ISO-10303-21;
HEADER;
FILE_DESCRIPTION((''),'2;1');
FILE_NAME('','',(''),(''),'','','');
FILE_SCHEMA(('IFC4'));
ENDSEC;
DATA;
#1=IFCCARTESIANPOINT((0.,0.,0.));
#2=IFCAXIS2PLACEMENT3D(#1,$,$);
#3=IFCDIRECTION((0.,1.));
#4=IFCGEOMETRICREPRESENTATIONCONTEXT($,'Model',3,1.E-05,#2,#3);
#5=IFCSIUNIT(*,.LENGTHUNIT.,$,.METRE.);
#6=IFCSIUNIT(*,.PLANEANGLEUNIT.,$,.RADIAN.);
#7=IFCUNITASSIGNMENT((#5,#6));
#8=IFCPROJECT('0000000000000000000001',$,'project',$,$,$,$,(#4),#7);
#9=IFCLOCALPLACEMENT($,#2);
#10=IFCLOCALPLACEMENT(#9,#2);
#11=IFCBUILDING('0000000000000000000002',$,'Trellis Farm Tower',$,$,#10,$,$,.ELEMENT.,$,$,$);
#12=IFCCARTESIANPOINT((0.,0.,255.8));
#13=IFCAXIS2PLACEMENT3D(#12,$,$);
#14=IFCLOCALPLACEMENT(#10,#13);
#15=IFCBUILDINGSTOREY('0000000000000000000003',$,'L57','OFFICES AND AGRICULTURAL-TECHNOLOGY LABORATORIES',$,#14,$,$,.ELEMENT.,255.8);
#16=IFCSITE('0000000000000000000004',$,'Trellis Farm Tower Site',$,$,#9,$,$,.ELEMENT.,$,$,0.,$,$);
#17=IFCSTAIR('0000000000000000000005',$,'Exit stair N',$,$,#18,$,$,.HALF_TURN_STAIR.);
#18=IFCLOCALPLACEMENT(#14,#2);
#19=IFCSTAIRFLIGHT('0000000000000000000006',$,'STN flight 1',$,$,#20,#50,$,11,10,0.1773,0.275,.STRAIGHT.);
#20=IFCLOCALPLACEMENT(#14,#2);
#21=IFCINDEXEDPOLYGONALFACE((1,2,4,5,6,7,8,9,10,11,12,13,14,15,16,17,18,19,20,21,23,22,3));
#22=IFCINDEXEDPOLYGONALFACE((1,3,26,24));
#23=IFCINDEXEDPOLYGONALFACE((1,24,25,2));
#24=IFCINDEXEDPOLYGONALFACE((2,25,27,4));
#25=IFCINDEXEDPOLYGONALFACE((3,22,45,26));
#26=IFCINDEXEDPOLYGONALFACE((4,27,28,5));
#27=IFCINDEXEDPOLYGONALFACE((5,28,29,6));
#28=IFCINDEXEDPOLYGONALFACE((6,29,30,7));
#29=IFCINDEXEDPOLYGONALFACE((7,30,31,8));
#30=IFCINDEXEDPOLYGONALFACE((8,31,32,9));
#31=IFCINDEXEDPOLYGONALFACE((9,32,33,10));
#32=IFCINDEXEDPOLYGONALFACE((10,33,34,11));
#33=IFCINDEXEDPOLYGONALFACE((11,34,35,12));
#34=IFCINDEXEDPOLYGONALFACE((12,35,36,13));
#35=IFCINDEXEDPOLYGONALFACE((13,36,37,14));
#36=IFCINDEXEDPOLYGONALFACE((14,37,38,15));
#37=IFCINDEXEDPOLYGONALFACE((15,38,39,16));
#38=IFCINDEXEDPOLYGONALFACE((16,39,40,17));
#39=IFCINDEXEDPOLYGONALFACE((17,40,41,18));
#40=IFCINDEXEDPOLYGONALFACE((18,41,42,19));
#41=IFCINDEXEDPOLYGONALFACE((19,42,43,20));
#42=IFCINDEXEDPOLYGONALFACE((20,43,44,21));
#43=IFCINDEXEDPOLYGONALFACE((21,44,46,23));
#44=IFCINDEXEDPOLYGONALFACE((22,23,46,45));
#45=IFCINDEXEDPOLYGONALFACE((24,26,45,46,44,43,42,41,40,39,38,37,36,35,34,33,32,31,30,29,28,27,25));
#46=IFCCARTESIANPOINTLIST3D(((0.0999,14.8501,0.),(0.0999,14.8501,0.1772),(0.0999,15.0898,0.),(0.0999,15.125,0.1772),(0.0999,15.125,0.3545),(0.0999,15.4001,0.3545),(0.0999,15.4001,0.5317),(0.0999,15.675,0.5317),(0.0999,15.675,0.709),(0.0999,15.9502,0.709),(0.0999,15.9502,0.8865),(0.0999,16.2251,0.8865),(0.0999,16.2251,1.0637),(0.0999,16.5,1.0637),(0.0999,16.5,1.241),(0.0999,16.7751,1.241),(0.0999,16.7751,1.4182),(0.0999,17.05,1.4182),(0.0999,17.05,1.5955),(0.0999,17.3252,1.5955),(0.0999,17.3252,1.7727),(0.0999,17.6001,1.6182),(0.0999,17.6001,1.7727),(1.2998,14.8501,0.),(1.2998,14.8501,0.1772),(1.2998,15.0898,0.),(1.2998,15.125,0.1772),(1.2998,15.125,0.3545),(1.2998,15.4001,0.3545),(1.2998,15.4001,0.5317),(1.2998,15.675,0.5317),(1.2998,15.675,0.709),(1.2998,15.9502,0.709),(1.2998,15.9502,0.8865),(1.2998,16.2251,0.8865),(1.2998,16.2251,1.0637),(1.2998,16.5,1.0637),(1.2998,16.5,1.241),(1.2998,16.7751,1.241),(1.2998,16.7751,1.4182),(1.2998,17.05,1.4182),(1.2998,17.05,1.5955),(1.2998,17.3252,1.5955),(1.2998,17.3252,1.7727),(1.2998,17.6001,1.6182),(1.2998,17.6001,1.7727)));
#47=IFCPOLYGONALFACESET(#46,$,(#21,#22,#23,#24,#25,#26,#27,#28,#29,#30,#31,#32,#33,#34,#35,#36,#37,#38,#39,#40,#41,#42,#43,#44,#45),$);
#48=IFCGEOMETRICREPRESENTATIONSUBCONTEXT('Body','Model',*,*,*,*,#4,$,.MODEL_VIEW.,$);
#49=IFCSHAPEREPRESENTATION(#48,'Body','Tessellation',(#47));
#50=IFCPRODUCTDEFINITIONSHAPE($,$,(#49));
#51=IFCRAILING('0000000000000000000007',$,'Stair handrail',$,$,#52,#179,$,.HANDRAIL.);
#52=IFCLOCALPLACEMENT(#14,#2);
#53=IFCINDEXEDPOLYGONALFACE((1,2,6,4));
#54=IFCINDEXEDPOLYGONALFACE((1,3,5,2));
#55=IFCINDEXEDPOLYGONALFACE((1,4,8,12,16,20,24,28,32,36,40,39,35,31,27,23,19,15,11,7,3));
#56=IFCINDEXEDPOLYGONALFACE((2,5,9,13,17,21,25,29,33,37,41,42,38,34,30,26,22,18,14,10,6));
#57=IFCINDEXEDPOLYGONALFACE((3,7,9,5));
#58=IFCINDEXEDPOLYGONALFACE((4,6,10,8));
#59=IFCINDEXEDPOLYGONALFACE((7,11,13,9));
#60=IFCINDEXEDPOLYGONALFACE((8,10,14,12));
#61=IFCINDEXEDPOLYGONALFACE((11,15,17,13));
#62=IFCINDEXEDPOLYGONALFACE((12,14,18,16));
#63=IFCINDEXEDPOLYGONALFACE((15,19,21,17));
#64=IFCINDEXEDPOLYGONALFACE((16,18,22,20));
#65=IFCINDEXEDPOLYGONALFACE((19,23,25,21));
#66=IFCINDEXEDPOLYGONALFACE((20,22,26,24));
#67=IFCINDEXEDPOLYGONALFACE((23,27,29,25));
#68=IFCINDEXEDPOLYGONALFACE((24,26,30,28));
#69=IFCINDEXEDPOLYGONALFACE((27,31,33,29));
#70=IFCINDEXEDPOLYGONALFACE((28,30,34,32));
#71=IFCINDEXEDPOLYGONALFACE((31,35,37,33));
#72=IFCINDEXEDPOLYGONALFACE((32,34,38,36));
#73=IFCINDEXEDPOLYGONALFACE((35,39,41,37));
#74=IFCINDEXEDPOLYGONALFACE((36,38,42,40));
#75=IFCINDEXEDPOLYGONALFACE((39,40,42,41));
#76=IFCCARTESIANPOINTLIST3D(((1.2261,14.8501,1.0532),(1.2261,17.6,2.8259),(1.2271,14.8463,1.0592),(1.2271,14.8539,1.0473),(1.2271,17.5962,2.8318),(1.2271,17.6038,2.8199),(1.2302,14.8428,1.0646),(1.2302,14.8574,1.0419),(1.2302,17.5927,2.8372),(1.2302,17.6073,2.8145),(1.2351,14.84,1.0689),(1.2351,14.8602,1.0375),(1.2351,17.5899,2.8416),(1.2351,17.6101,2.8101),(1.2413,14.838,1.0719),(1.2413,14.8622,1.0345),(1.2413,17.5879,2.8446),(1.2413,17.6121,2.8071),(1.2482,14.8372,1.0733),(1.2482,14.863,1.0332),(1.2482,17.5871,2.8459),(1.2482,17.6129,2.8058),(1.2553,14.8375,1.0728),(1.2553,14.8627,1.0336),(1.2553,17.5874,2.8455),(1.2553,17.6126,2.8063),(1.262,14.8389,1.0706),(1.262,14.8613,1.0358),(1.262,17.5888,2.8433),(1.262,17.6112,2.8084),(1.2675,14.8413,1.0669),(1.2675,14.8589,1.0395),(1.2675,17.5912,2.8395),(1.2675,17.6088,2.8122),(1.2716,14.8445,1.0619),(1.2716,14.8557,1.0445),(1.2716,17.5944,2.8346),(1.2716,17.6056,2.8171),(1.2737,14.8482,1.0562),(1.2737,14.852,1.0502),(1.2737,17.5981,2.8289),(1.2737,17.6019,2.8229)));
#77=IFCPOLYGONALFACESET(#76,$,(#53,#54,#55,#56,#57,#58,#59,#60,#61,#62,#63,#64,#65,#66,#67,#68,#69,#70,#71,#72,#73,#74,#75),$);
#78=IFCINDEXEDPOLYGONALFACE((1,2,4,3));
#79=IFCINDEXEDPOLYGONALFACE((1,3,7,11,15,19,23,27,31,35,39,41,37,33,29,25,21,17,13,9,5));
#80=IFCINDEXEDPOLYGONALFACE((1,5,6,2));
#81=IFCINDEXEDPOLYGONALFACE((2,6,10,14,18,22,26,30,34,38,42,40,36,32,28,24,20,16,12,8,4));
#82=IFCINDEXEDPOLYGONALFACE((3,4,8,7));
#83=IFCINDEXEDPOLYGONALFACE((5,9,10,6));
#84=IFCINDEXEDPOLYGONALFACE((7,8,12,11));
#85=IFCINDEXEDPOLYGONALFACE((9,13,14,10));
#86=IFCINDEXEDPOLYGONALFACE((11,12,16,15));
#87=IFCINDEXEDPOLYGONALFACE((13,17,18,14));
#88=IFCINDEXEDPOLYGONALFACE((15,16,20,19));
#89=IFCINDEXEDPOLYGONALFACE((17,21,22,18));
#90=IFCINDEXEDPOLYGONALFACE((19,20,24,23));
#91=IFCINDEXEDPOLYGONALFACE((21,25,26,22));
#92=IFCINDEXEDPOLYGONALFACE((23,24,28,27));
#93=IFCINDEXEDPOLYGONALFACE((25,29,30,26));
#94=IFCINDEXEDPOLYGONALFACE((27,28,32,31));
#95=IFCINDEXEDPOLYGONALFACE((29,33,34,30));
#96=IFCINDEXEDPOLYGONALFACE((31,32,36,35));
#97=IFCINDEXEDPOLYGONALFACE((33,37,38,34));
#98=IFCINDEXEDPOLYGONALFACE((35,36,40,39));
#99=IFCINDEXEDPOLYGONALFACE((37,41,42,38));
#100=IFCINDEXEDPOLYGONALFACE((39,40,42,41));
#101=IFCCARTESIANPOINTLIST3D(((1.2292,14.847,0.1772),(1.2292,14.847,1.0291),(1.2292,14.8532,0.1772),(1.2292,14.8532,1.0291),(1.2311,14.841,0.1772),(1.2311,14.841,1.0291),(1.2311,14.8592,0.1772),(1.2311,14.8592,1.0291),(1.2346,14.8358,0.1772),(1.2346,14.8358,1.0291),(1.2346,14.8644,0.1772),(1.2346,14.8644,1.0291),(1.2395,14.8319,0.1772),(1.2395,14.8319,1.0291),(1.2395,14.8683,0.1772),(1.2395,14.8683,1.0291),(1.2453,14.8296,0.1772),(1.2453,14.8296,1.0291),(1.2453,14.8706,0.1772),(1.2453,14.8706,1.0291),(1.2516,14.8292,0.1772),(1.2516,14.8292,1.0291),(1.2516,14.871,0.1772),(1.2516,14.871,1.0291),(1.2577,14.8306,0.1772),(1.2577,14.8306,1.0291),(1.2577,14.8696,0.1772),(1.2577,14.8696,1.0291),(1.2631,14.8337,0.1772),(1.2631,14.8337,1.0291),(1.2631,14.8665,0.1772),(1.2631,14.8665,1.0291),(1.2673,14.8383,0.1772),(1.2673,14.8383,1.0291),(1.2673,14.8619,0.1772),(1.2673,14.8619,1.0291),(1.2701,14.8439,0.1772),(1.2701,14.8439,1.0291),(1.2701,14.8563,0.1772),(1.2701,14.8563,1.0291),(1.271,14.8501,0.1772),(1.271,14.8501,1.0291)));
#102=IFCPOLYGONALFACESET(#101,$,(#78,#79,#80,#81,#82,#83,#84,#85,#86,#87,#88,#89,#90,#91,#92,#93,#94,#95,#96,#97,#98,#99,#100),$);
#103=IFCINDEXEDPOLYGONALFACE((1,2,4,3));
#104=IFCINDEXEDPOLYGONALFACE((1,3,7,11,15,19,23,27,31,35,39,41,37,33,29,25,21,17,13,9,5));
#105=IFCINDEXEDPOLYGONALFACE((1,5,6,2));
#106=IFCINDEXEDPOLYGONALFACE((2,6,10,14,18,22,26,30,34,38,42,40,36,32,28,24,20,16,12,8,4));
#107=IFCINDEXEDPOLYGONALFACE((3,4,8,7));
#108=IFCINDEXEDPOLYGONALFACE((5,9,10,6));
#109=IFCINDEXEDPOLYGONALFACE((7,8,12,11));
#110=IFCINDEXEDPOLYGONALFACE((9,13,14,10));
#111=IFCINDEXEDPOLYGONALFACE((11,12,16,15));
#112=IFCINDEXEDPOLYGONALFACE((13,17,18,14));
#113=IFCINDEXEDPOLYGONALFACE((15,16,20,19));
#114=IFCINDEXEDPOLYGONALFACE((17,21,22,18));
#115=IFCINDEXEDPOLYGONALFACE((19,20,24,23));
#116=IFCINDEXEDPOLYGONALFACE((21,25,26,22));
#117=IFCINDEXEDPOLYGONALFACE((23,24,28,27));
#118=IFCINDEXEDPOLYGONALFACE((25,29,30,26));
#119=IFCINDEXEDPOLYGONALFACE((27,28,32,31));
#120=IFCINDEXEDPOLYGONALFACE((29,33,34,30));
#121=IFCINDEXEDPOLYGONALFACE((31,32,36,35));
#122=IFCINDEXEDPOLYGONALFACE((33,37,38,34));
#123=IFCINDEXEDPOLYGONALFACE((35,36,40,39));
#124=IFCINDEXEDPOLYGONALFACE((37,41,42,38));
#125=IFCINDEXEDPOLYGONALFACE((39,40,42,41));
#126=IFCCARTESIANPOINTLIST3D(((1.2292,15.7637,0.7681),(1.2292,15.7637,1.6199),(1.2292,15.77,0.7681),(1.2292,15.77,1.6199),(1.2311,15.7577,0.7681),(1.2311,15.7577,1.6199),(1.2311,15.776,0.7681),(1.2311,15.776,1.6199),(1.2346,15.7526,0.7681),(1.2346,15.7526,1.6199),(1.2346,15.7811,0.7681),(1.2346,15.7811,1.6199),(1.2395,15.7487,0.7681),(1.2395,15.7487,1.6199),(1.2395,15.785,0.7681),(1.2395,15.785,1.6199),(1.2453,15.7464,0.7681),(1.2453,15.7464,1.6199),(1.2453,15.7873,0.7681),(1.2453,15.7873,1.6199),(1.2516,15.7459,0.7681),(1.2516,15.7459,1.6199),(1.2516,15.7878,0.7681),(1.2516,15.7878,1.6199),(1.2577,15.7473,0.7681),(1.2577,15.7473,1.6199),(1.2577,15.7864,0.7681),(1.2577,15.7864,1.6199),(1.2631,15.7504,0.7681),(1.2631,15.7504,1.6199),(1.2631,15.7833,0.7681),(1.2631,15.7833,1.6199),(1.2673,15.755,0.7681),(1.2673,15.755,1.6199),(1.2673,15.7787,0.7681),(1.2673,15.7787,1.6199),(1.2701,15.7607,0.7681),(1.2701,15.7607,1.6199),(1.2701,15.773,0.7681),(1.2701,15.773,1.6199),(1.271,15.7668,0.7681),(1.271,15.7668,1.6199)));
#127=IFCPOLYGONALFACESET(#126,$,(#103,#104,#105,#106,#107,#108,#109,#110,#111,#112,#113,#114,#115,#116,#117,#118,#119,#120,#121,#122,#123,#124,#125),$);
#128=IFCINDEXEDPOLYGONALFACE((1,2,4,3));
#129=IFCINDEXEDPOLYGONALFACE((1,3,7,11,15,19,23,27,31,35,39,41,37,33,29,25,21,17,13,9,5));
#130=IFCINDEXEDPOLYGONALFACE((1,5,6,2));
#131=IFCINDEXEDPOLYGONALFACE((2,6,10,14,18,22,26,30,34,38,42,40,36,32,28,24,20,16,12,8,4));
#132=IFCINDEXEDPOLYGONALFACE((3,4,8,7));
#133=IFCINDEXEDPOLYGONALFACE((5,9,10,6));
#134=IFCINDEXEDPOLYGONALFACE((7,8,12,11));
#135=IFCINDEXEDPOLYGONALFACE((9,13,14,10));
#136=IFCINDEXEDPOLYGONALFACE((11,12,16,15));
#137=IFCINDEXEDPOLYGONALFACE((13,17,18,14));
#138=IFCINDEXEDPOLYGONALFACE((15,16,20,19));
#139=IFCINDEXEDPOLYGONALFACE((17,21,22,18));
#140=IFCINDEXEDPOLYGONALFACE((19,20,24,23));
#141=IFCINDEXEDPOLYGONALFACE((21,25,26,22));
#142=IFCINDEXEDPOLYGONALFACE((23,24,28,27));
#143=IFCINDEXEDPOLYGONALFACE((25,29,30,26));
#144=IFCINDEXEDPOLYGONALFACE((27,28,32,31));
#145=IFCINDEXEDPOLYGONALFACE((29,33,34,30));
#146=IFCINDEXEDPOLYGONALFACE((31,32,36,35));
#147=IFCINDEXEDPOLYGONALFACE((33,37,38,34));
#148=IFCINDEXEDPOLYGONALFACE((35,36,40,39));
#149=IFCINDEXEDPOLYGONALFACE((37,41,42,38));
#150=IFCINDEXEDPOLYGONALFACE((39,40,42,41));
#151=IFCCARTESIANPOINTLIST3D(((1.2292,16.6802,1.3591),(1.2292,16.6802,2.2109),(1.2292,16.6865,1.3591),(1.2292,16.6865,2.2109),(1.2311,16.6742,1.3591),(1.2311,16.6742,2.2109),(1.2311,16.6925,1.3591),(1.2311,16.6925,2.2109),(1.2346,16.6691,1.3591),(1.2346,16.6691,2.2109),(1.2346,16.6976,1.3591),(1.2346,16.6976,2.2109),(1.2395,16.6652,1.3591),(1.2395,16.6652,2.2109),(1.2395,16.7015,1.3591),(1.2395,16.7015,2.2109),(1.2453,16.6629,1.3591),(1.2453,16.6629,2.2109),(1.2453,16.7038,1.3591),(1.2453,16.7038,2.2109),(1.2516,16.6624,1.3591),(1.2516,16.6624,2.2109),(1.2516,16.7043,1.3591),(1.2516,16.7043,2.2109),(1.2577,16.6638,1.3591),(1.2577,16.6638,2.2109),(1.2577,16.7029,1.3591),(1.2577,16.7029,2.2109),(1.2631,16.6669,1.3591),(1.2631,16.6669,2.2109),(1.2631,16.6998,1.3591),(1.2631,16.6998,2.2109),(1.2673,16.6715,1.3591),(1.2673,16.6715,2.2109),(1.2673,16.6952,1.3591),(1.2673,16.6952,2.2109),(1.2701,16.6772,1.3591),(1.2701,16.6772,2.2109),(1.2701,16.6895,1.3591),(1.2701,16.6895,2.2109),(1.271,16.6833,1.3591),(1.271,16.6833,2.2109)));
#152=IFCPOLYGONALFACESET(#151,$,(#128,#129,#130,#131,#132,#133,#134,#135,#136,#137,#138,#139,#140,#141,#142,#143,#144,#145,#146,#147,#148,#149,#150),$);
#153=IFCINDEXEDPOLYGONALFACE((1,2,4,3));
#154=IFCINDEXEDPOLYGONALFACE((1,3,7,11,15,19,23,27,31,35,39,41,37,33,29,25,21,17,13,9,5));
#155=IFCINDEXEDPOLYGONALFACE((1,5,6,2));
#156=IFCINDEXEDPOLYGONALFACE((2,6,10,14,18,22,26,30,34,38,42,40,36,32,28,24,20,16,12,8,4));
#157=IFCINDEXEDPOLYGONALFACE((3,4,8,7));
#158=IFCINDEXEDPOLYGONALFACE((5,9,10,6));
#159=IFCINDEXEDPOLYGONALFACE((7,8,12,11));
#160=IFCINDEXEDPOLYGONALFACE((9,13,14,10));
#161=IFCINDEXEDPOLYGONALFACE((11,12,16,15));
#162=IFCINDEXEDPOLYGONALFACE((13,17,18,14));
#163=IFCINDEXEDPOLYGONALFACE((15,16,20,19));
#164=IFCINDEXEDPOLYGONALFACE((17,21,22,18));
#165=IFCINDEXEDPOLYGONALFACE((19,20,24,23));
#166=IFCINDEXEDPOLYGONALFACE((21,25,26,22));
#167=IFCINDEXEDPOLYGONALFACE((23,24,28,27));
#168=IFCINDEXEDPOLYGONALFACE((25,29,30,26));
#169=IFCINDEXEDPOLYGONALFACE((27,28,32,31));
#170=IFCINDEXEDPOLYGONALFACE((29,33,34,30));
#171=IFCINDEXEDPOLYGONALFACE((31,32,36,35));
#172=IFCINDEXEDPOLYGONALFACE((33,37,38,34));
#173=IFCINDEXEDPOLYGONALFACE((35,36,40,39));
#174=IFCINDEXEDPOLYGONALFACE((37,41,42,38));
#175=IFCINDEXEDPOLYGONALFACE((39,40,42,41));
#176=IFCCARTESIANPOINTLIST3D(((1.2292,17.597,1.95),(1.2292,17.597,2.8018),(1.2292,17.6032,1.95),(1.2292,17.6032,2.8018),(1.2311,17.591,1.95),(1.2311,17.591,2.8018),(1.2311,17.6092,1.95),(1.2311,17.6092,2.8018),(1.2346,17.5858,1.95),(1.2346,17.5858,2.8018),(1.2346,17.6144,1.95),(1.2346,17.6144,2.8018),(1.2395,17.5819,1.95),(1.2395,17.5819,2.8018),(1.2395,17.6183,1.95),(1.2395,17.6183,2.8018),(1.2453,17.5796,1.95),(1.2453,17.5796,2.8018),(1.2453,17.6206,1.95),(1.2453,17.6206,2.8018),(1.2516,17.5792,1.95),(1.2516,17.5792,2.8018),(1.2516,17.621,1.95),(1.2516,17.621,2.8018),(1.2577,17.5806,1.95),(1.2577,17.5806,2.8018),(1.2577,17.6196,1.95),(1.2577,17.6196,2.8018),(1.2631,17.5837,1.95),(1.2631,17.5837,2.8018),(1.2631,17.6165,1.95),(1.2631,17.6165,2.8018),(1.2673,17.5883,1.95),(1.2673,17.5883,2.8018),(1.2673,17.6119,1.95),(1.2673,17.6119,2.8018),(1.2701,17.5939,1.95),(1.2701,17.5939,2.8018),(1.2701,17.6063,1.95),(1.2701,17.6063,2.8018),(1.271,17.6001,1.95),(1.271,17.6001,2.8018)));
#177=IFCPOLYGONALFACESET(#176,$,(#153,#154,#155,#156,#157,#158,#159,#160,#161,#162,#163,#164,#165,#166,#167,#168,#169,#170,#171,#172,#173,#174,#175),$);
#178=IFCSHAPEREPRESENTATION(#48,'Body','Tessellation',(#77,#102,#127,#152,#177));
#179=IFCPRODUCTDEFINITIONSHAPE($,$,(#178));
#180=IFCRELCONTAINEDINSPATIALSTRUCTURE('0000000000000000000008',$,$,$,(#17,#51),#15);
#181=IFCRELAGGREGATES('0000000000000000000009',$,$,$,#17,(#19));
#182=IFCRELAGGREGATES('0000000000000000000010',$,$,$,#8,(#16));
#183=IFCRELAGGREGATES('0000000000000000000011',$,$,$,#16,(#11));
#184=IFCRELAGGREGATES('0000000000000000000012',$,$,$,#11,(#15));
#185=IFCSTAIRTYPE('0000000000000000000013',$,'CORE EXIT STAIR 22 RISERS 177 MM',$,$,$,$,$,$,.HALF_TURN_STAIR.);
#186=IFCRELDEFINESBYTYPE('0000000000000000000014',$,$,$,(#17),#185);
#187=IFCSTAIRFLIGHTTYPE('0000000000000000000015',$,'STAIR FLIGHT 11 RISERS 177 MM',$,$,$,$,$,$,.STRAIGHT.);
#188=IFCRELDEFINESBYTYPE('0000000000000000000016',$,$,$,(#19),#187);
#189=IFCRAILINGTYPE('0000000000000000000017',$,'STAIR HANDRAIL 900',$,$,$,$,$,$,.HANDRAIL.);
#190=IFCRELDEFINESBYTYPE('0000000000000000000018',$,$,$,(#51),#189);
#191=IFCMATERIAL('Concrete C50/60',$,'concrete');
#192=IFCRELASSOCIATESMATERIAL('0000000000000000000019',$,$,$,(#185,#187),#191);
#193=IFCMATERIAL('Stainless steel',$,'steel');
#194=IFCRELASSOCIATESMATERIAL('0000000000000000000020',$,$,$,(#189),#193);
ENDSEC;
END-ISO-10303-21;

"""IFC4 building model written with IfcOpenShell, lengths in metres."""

from ifc_helpers import new_model, si_unit, direction, frame, origin, origin_2d, place, context, subcontext, project, spatial, polyline, circle, outline, extrude, source, transform, mapped, material, type_object, element, aggregate, save


model = new_model("IFC4")

# Units and contexts
model_context = context("Model", 3, precision=1e-05, world=origin(), true_north=direction((0.0, 1.0)))
body_context = subcontext(model_context, "Body", "Model", "MODEL_VIEW")
ifc_project = project(units=[si_unit("LENGTHUNIT", "METRE"), si_unit("PLANEANGLEUNIT", "RADIAN")], contexts=[model_context])

# Site, building, storey
site_placement = place(None, origin())
site = spatial("IfcSite", under=ifc_project, at=site_placement, Name="Trellis Farm Tower Site", CompositionType="ELEMENT", RefElevation=0.0)
building_placement = place(site_placement, origin())
building = spatial("IfcBuilding", under=site, at=building_placement, Name="Trellis Farm Tower", CompositionType="ELEMENT")
storey_placement = place(building_placement, frame((0.0, 0.0, 255.8)))
storey = spatial("IfcBuildingStorey", under=building, at=storey_placement, Name="L57", Description="OFFICES AND AGRICULTURAL-TECHNOLOGY LABORATORIES", CompositionType="ELEMENT", Elevation=255.8)

# Shared definitions
placement_1 = place(storey_placement, origin())

# Stair, stair flight
ifc_material_1 = material(Name="Concrete C50/60", Category="concrete")
stair_type = type_object("IfcStairType", Name="CORE EXIT STAIR 22 RISERS 177 MM", PredefinedType="HALF_TURN_STAIR", material=ifc_material_1)
stair = element("IfcStair", 1, at=placement_1, inside=storey, type_object=stair_type, Name="Exit stair N", PredefinedType="HALF_TURN_STAIR")
stair_flight_type = type_object("IfcStairFlightType", Name="STAIR FLIGHT 11 RISERS 177 MM", PredefinedType="STRAIGHT", material=ifc_material_1)
shared_shape_1 = source(origin(), body_context, "Body", "SweptSolid", [
    extrude(outline(polyline([(0.0, 0.0), (0.0, 0.1772), (0.2749, 0.1772), (0.2749, 0.3545), (0.55, 0.3545), (0.55, 0.5317), (0.825, 0.5317), (0.825, 0.709), (1.1001, 0.709), (1.1001, 0.8865), (1.375, 0.8865), (1.375, 1.0637), (1.6499, 1.0637), (1.6499, 1.241), (1.925, 1.241), (1.925, 1.4182), (2.2, 1.4182), (2.2, 1.5955), (2.4751, 1.5955), (2.4751, 1.7727), (2.75, 1.7727), (2.75, 1.95), (2.75, 1.6182), (0.2397, 0.0), (0.0, 0.0)])), frame((0.0, 0.6001, 0.0), z_axis=(0.0, -1.0, 0.0), x_axis=(1.0, 0.0, 0.0)), (0.0, 0.0, 1.0), 1.2),
])
stair_flight_placement = place(storey_placement, frame((0.7, 14.8501, 0.0), z_axis=(0.0, 0.0, 1.0), x_axis=(0.0, 1.0, 0.0)))
stair_flight = element("IfcStairFlight", 2, at=stair_flight_placement, type_object=stair_flight_type, Name="STN flight 1", NumberOfRisers=11, NumberOfTreads=10, PredefinedType="STRAIGHT", RiserHeight=0.1773, TreadLength=0.275, context=body_context, shape_type="MappedRepresentation", body=[
    mapped(shared_shape_1, transform((0.0, 0.0, 0.0))),
])
aggregate(stair, [stair_flight])

# Railing
ifc_material_2 = material(Name="Stainless steel", Category="steel")
railing_type = type_object("IfcRailingType", Name="STAIR HANDRAIL 900", PredefinedType="HANDRAIL", material=ifc_material_2)
shared_shape_2 = source(origin(), body_context, "Body", "SweptSolid", [
    extrude(circle(Radius=0.0239, at=origin_2d()), frame((0.0, 0.0, 0.876), z_axis=(0.0, 0.840504, 0.541806), x_axis=(-1.0, 0.0, 0.0)), (0.0, 0.0, 1.0), 3.2717),
    extrude(circle(Radius=0.021, at=origin_2d()), origin(), (0.0, 0.0, 1.0), 0.8518),
    extrude(circle(Radius=0.021, at=origin_2d()), frame((0.0, 0.9167, 0.5908)), (0.0, 0.0, 1.0), 0.8518),
    extrude(circle(Radius=0.021, at=origin_2d()), frame((0.0, 1.8333, 1.1819)), (0.0, 0.0, 1.0), 0.8518),
    extrude(circle(Radius=0.021, at=origin_2d()), frame((0.0, 2.75, 1.7727)), (0.0, 0.0, 1.0), 0.8518),
])
railing_placement = place(storey_placement, frame((1.25, 14.8501, 0.1772)))
element("IfcRailing", 3, at=railing_placement, inside=storey, type_object=railing_type, Name="Stair handrail", PredefinedType="HANDRAIL", context=body_context, shape_type="MappedRepresentation", body=[
    mapped(shared_shape_2, transform((0.0, 0.0, 0.0))),
])

save(model, "model.ifc")
